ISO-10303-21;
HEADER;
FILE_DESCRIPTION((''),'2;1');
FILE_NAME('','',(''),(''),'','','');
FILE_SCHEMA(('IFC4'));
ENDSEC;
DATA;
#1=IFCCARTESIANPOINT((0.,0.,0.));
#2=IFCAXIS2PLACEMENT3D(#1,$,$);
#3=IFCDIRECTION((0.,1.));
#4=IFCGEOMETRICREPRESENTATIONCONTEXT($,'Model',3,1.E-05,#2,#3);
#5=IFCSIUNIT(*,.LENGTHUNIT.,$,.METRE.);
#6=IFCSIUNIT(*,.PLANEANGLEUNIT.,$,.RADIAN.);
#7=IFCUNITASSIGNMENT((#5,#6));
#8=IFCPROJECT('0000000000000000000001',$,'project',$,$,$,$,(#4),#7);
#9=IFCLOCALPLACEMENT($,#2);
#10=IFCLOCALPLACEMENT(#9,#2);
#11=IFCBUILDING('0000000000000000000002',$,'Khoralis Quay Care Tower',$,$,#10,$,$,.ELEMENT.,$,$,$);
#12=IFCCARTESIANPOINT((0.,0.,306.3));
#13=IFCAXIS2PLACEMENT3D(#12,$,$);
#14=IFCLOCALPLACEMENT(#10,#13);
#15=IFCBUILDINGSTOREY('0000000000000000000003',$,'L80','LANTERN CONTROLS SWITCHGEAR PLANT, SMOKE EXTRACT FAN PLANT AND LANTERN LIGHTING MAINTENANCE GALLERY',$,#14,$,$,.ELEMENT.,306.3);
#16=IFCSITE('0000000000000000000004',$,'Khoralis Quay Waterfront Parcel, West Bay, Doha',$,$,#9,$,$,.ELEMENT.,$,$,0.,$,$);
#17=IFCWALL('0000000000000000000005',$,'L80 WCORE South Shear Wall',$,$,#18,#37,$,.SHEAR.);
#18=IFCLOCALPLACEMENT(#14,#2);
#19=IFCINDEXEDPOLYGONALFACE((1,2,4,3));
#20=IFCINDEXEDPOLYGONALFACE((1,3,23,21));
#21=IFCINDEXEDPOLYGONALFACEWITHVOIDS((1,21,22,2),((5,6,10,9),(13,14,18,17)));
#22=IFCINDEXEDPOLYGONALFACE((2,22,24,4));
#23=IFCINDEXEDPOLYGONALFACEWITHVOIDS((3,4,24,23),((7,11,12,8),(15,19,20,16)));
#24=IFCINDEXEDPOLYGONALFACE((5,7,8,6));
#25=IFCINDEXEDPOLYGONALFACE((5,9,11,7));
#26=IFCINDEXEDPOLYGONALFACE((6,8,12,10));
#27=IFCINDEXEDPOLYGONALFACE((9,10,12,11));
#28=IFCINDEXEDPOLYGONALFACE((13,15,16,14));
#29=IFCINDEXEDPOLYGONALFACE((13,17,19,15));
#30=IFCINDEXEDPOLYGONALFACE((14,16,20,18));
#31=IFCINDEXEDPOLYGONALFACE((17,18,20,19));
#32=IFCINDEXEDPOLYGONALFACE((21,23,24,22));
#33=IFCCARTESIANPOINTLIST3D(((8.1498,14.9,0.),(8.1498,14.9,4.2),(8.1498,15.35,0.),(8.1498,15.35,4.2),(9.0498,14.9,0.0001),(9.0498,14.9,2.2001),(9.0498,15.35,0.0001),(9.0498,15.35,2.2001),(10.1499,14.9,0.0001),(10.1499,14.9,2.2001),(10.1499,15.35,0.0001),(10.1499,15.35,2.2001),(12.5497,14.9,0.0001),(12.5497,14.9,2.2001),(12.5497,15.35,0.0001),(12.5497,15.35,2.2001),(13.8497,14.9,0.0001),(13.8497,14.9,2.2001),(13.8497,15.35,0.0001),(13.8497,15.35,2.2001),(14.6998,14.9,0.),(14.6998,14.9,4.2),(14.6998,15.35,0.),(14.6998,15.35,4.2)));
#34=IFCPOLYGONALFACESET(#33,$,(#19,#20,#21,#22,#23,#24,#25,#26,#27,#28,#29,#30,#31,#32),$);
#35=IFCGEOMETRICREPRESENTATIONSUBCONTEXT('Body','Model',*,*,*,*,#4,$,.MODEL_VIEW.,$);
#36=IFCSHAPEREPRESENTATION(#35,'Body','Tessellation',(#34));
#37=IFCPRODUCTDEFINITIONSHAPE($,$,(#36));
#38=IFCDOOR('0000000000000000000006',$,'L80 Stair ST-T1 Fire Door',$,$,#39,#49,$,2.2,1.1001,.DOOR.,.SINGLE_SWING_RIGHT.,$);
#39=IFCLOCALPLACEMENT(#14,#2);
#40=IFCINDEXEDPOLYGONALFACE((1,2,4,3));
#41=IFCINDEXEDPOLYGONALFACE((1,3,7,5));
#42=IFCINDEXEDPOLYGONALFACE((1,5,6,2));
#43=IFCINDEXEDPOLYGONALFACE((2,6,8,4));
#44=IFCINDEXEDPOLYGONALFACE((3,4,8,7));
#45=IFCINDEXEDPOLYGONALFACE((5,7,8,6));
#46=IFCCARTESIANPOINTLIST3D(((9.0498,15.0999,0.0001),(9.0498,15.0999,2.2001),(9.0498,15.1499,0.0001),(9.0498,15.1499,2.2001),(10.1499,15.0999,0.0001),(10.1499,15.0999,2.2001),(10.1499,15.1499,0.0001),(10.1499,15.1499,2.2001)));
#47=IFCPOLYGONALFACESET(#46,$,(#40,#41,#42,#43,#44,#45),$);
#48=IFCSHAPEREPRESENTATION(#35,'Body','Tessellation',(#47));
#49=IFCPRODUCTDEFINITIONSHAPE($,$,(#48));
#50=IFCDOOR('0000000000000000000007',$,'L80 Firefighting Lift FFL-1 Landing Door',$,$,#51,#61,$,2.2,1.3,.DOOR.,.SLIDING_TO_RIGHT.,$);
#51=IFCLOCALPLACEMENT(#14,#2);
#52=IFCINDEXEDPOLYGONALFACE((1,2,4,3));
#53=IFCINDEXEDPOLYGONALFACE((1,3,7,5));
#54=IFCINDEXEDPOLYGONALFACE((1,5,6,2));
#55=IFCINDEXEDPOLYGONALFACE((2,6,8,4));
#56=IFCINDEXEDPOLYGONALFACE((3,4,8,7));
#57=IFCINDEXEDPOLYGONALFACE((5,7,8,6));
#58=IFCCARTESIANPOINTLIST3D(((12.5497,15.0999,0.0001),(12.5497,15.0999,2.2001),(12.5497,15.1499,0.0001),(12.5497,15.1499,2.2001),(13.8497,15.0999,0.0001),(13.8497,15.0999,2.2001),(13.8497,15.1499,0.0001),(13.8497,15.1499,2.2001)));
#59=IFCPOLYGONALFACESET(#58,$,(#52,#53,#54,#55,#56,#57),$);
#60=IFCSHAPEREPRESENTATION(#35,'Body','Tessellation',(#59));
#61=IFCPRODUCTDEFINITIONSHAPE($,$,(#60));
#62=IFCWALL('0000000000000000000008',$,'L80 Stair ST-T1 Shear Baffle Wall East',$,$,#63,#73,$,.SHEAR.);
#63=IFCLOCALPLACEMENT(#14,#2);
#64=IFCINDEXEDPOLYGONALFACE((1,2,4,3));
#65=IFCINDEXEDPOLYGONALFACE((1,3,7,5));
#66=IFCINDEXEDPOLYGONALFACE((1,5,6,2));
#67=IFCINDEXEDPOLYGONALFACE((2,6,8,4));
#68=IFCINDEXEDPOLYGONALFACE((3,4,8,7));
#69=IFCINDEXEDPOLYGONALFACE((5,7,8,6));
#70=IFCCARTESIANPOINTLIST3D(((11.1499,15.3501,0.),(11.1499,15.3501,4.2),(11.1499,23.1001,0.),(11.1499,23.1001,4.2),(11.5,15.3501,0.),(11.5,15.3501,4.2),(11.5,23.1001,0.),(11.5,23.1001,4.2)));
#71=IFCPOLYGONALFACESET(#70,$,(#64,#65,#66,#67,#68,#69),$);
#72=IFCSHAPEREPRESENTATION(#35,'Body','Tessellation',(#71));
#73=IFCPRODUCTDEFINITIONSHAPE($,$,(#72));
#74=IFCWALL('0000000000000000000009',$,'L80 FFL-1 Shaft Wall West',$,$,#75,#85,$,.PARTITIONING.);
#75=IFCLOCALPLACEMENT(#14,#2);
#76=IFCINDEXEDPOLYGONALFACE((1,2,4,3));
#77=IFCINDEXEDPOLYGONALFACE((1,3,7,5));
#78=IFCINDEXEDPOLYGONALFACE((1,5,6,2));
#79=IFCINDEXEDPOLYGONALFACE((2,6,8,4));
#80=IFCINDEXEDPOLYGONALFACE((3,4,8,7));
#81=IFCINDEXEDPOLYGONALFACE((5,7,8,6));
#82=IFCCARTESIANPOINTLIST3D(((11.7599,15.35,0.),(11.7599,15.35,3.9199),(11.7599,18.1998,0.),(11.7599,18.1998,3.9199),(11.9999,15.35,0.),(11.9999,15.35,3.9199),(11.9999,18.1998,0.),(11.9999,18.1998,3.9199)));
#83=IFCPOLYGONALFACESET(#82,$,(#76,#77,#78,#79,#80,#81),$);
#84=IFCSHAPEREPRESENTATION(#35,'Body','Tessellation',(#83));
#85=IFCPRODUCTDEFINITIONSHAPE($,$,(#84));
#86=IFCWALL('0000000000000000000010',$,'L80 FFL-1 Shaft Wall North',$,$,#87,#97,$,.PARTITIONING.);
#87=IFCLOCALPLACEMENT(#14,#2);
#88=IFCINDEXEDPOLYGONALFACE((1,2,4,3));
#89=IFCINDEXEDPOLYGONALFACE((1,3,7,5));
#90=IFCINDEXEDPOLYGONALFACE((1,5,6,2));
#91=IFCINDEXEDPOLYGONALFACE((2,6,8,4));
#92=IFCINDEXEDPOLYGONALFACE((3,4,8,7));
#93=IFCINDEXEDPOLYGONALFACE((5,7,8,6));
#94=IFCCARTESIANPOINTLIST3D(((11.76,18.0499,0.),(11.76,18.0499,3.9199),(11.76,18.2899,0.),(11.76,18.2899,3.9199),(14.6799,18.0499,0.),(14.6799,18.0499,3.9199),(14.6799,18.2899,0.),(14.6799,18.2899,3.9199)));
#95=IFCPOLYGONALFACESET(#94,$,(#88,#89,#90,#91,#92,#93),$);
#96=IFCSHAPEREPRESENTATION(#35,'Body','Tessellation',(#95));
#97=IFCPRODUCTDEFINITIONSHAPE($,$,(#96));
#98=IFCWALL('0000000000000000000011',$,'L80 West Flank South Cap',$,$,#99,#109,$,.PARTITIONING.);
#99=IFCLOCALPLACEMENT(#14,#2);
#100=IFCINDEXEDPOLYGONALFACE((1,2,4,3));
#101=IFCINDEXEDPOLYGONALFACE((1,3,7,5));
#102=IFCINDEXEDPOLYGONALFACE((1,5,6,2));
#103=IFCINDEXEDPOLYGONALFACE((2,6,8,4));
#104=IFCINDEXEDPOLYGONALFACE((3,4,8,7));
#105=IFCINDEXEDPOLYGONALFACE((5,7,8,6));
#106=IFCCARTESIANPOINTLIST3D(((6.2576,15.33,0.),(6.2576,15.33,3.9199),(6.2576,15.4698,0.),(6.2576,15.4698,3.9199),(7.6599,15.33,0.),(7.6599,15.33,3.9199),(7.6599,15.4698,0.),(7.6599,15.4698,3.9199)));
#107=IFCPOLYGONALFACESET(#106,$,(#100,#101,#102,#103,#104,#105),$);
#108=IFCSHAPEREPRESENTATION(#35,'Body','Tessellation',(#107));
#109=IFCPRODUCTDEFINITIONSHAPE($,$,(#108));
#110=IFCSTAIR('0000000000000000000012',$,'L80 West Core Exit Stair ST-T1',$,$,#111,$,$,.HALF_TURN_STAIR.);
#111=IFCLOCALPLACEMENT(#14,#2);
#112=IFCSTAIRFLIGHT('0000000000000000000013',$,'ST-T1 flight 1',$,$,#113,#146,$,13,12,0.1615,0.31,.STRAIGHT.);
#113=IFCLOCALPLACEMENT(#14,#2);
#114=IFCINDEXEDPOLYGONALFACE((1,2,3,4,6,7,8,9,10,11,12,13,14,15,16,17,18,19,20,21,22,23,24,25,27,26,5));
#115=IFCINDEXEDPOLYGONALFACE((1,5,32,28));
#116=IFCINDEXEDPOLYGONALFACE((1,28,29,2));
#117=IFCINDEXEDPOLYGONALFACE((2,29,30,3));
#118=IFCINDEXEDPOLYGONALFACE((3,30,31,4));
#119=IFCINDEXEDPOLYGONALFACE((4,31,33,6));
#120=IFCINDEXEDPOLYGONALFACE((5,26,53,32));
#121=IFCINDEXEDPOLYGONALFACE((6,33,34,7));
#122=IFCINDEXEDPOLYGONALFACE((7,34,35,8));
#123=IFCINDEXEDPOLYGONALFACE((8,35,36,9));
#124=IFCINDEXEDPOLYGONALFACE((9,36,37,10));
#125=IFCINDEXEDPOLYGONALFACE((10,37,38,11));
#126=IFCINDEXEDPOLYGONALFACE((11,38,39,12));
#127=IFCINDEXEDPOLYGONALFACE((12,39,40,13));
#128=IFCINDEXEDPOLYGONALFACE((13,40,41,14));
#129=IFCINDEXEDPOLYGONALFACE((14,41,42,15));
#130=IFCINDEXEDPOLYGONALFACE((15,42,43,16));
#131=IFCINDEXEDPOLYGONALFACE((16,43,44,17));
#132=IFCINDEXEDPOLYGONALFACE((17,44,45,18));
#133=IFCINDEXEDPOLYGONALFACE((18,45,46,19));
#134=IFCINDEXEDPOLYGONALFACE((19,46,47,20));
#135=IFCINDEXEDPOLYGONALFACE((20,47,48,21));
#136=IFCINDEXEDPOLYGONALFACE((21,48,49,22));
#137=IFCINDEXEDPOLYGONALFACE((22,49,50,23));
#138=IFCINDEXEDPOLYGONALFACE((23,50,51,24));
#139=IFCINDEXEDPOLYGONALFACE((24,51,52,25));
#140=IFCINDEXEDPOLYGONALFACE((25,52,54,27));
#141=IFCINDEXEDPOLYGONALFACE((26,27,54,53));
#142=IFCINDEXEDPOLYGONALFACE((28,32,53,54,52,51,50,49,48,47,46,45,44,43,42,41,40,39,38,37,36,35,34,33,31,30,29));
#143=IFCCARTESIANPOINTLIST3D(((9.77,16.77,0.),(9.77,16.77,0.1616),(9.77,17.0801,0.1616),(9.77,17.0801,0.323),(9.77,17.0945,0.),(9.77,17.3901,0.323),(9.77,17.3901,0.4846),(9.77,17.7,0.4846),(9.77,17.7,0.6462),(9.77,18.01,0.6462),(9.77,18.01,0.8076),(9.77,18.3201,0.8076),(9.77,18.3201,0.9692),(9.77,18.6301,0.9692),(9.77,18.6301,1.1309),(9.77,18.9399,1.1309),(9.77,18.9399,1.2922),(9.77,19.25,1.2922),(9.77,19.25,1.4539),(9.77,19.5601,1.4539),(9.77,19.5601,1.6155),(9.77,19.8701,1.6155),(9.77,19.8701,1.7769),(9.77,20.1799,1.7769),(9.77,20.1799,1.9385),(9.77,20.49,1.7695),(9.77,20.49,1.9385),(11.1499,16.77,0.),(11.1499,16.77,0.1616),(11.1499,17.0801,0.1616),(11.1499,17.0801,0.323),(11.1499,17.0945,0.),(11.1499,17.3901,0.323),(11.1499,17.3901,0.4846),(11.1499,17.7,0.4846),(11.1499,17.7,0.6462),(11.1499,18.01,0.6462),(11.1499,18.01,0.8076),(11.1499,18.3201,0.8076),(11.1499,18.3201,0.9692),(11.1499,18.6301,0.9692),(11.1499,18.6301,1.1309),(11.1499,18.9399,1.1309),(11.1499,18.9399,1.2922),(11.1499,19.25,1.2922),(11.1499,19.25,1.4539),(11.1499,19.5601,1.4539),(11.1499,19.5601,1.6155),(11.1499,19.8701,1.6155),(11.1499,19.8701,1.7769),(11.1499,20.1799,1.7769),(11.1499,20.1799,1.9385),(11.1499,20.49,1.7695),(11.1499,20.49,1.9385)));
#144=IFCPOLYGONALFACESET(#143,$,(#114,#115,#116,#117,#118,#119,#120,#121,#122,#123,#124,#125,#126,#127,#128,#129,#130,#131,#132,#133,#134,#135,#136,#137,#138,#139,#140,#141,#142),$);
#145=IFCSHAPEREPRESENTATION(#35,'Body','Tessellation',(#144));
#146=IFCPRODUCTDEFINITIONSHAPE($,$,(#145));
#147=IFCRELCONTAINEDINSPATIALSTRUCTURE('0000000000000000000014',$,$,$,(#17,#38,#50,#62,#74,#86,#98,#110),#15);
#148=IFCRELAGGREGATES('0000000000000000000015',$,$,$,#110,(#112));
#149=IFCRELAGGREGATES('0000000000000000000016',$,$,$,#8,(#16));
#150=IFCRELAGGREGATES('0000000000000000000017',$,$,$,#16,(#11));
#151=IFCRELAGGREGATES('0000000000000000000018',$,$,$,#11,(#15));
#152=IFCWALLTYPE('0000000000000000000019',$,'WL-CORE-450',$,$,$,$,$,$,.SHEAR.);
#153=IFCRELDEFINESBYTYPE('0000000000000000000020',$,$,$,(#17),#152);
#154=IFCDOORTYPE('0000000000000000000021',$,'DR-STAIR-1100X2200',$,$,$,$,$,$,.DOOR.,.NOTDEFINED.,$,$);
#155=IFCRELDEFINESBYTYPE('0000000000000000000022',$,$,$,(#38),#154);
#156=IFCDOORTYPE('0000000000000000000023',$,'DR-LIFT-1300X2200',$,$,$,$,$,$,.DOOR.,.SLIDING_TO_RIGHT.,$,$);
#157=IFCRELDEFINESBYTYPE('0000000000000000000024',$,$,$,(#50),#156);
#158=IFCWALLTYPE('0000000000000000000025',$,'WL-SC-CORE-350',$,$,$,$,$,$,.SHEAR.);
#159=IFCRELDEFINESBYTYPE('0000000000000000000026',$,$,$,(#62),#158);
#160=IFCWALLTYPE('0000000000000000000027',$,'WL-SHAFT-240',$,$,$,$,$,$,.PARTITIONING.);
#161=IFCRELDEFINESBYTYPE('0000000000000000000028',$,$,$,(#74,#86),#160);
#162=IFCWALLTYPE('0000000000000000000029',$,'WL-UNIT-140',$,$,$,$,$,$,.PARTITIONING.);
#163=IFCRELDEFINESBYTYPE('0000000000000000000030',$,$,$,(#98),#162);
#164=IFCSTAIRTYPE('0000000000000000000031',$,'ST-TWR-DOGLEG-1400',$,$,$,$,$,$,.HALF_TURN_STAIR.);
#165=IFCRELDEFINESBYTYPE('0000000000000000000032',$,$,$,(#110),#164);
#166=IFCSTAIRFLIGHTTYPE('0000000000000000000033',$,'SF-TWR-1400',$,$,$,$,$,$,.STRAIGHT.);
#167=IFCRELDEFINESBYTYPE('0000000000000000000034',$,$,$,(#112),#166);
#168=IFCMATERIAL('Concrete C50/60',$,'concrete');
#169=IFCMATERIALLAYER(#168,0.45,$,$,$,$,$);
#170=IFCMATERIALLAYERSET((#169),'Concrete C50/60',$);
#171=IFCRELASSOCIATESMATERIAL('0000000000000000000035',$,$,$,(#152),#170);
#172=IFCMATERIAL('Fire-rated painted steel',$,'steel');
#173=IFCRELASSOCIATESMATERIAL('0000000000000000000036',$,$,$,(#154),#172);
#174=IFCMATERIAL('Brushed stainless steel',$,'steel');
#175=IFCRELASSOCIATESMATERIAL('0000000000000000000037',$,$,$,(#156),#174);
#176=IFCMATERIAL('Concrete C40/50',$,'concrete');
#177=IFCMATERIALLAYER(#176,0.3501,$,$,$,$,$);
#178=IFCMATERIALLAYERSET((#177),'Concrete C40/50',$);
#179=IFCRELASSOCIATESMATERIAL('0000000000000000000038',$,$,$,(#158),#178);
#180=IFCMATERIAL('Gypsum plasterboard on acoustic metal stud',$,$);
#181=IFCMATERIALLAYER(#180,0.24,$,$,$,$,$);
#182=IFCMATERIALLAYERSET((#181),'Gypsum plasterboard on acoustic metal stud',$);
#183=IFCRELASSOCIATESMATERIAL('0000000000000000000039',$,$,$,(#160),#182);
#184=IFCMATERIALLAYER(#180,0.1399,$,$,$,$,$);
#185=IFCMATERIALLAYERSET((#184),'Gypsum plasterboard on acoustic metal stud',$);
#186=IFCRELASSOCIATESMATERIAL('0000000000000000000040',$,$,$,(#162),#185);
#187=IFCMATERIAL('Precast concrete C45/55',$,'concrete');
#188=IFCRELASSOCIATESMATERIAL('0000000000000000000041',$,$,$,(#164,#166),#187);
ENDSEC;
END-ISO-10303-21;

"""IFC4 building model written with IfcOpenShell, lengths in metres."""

from ifc_helpers import new_model, si_unit, direction, frame, frame_2d, origin, place, context, subcontext, project, spatial, polyline, rectangle, outline, extrude, source, transform, mapped, material, layer, layer_set, type_object, element, fill, aggregate, save


model = new_model("IFC4")

# Units and contexts
model_context = context("Model", 3, precision=1e-05, world=origin(), true_north=direction((0.0, 1.0)))
body_context = subcontext(model_context, "Body", "Model", "MODEL_VIEW")
ifc_project = project(units=[si_unit("LENGTHUNIT", "METRE"), si_unit("PLANEANGLEUNIT", "RADIAN")], contexts=[model_context])

# Site, building, storey
site_placement = place(None, origin())
site = spatial("IfcSite", under=ifc_project, at=site_placement, Name="Khoralis Quay Waterfront Parcel, West Bay, Doha", CompositionType="ELEMENT", RefElevation=0.0)
building_placement = place(site_placement, origin())
building = spatial("IfcBuilding", under=site, at=building_placement, Name="Khoralis Quay Care Tower", CompositionType="ELEMENT")
storey_placement = place(building_placement, frame((0.0, 0.0, 306.3)))
storey = spatial("IfcBuildingStorey", under=building, at=storey_placement, Name="L80", Description="LANTERN CONTROLS SWITCHGEAR PLANT, SMOKE EXTRACT FAN PLANT AND LANTERN LIGHTING MAINTENANCE GALLERY", CompositionType="ELEMENT", Elevation=306.3)

# Shared definitions
ifc_material_1 = material(Name="Concrete C50/60", Category="concrete")

# Shared definitions
ifc_material_2 = material(Name="Gypsum plasterboard on acoustic metal stud")
ifc_material_3 = material(Name="Fire-rated painted steel", Category="steel")

# Shared definitions
ifc_layer_1 = layer(ifc_material_1, 0.45)
ifc_layer_set_1 = layer_set([ifc_layer_1], Name="Concrete C50/60")
wall_type_1 = type_object("IfcWallType", Name="WL-CORE-450", PredefinedType="SHEAR", material=ifc_layer_set_1)

# Shared definitions
door_type_1 = type_object("IfcDoorType", Name="DR-STAIR-1100X2200", OperationType="NOTDEFINED", PredefinedType="DOOR", material=ifc_material_3)
shared_shape_1 = source(origin(), body_context, "Body", "SweptSolid", [
    extrude(rectangle(XDim=1.1001, YDim=2.2, at=frame_2d((0.55, 1.1001))), frame((0.0, 0.0249, 0.0), z_axis=(0.0, -1.0, 0.0), x_axis=(1.0, 0.0, 0.0)), (0.0, 0.0, 1.0), 0.05),
])

# Wall, openings, doors
wall_1_placement = place(storey_placement, frame((8.1499, 15.125, 0.0), z_axis=(0.0, 0.0, 1.0), x_axis=(1.0, 0.0, 0.0)))
wall_1 = element("IfcWall", 1, at=wall_1_placement, inside=storey, type_object=wall_type_1, Name="L80 WCORE South Shear Wall", PredefinedType="SHEAR", context=body_context, shape_type="SweptSolid", body=[
    extrude(rectangle(XDim=6.55, YDim=0.45, at=frame_2d((3.2749, 0.0))), origin(), (0.0, 0.0, 1.0), 4.2),
])
opening_1_placement = place(wall_1_placement, frame((0.8999, 0.0, 0.0)))
opening_1 = element("IfcOpeningElement", 2, at=opening_1_placement, cuts=wall_1, PredefinedType="OPENING", context=body_context, shape_type="SweptSolid", body=[
    extrude(rectangle(XDim=1.1001, YDim=2.2, at=frame_2d((0.55, 1.1001))), frame((0.0, 0.2349, 0.0), z_axis=(0.0, -1.0, 0.0), x_axis=(1.0, 0.0, 0.0)), (0.0, 0.0, 1.0), 0.47),
])
opening_2_placement = place(wall_1_placement, frame((4.3999, 0.0, 0.0)))
opening_2 = element("IfcOpeningElement", 3, at=opening_2_placement, cuts=wall_1, PredefinedType="OPENING", context=body_context, shape_type="SweptSolid", body=[
    extrude(rectangle(XDim=1.3, YDim=2.2, at=frame_2d((0.6499, 1.1001))), frame((0.0, 0.2349, 0.0), z_axis=(0.0, -1.0, 0.0), x_axis=(1.0, 0.0, 0.0)), (0.0, 0.0, 1.0), 0.47),
])
door_1_placement = place(opening_1_placement, origin())
door_1 = element("IfcDoor", 4, at=door_1_placement, inside=storey, type_object=door_type_1, Name="L80 Stair ST-T1 Fire Door", OperationType="SINGLE_SWING_RIGHT", OverallHeight=2.2, OverallWidth=1.1001, PredefinedType="DOOR", context=body_context, shape_type="MappedRepresentation", body=[
    mapped(shared_shape_1, transform((0.0, 0.0, 0.0), scale=1.0)),
])
fill(opening_1, door_1)
ifc_material_4 = material(Name="Brushed stainless steel", Category="steel")
door_type_2 = type_object("IfcDoorType", Name="DR-LIFT-1300X2200", OperationType="SLIDING_TO_RIGHT", PredefinedType="DOOR", material=ifc_material_4)
shared_shape_2 = source(origin(), body_context, "Body", "SweptSolid", [
    extrude(rectangle(XDim=1.3, YDim=2.2, at=frame_2d((0.6499, 1.1001))), frame((0.0, 0.0249, 0.0), z_axis=(0.0, -1.0, 0.0), x_axis=(1.0, 0.0, 0.0)), (0.0, 0.0, 1.0), 0.05),
])
door_2_placement = place(opening_2_placement, origin())
door_2 = element("IfcDoor", 5, at=door_2_placement, inside=storey, type_object=door_type_2, Name="L80 Firefighting Lift FFL-1 Landing Door", OperationType="SLIDING_TO_RIGHT", OverallHeight=2.2, OverallWidth=1.3, PredefinedType="DOOR", context=body_context, shape_type="MappedRepresentation", body=[
    mapped(shared_shape_2, transform((0.0, 0.0, 0.0), scale=1.0)),
])
fill(opening_2, door_2)

# Walls
ifc_material_5 = material(Name="Concrete C40/50", Category="concrete")
ifc_layer_2 = layer(ifc_material_5, 0.3501)
ifc_layer_set_2 = layer_set([ifc_layer_2], Name="Concrete C40/50")
wall_type_2 = type_object("IfcWallType", Name="WL-SC-CORE-350", PredefinedType="SHEAR", material=ifc_layer_set_2)
wall_2_placement = place(storey_placement, frame((11.325, 15.3501, 0.0), z_axis=(0.0, 0.0, 1.0), x_axis=(0.0, 1.0, 0.0)))
element("IfcWall", 6, at=wall_2_placement, inside=storey, type_object=wall_type_2, Name="L80 Stair ST-T1 Shear Baffle Wall East", PredefinedType="SHEAR", context=body_context, shape_type="SweptSolid", body=[
    extrude(rectangle(XDim=7.75, YDim=0.3501, at=frame_2d((3.875, 0.0))), origin(), (0.0, 0.0, 1.0), 4.2),
])
ifc_layer_3 = layer(ifc_material_2, 0.24)
ifc_layer_set_3 = layer_set([ifc_layer_3], Name="Gypsum plasterboard on acoustic metal stud")
wall_type_3 = type_object("IfcWallType", Name="WL-SHAFT-240", PredefinedType="PARTITIONING", material=ifc_layer_set_3)
wall_3_placement = place(storey_placement, frame((11.8799, 15.3501, 0.0), z_axis=(0.0, 0.0, 1.0), x_axis=(0.0, 1.0, 0.0)))
element("IfcWall", 7, at=wall_3_placement, inside=storey, type_object=wall_type_3, Name="L80 FFL-1 Shaft Wall West", PredefinedType="PARTITIONING", context=body_context, shape_type="SweptSolid", body=[
    extrude(rectangle(XDim=2.8499, YDim=0.24, at=frame_2d((1.4248, 0.0))), origin(), (0.0, 0.0, 1.0), 3.9199),
])
wall_4_placement = place(storey_placement, frame((11.76, 18.1699, 0.0), z_axis=(0.0, 0.0, 1.0), x_axis=(1.0, 0.0, 0.0)))
element("IfcWall", 8, at=wall_4_placement, inside=storey, type_object=wall_type_3, Name="L80 FFL-1 Shaft Wall North", PredefinedType="PARTITIONING", context=body_context, shape_type="SweptSolid", body=[
    extrude(rectangle(XDim=2.9199, YDim=0.24, at=frame_2d((1.46, 0.0))), origin(), (0.0, 0.0, 1.0), 3.9199),
])
ifc_layer_4 = layer(ifc_material_2, 0.1399)
ifc_layer_set_4 = layer_set([ifc_layer_4], Name="Gypsum plasterboard on acoustic metal stud")
wall_type_4 = type_object("IfcWallType", Name="WL-UNIT-140", PredefinedType="PARTITIONING", material=ifc_layer_set_4)
wall_5_placement = place(storey_placement, frame((6.2576, 15.3999, 0.0), z_axis=(0.0, 0.0, 1.0), x_axis=(1.0, 0.0, 0.0)))
element("IfcWall", 9, at=wall_5_placement, inside=storey, type_object=wall_type_4, Name="L80 West Flank South Cap", PredefinedType="PARTITIONING", context=body_context, shape_type="SweptSolid", body=[
    extrude(rectangle(XDim=1.4023, YDim=0.1399, at=frame_2d((0.7012, 0.0))), origin(), (0.0, 0.0, 1.0), 3.9199),
])

# Stair, stair flight
ifc_material_6 = material(Name="Precast concrete C45/55", Category="concrete")
stair_type = type_object("IfcStairType", Name="ST-TWR-DOGLEG-1400", PredefinedType="HALF_TURN_STAIR", material=ifc_material_6)
stair_placement = place(storey_placement, origin())
stair = element("IfcStair", 10, at=stair_placement, inside=storey, type_object=stair_type, Name="L80 West Core Exit Stair ST-T1", PredefinedType="HALF_TURN_STAIR")
stair_flight_type = type_object("IfcStairFlightType", Name="SF-TWR-1400", PredefinedType="STRAIGHT", material=ifc_material_6)
shared_shape_3 = source(origin(), body_context, "Body", "SweptSolid", [
    extrude(outline(polyline([(0.0, 0.0), (0.0, 0.1616), (0.3101, 0.1616), (0.3101, 0.323), (0.6201, 0.323), (0.6201, 0.4846), (0.9299, 0.4846), (0.9299, 0.6462), (1.24, 0.6462), (1.24, 0.8076), (1.55, 0.8076), (1.55, 0.9692), (1.8601, 0.9692), (1.8601, 1.1309), (2.1699, 1.1309), (2.1699, 1.2922), (2.48, 1.2922), (2.48, 1.4539), (2.79, 1.4539), (2.79, 1.6155), (3.1001, 1.6155), (3.1001, 1.7769), (3.4099, 1.7769), (3.4099, 1.9385), (3.72, 1.9385), (3.72, 2.1001), (3.72, 1.7695), (0.3245, 0.0), (0.0, 0.0)])), frame((0.0, 0.6899, 0.0), z_axis=(0.0, -1.0, 0.0), x_axis=(1.0, 0.0, 0.0)), (0.0, 0.0, 1.0), 1.3799),
])
stair_flight_placement = place(storey_placement, frame((10.46, 16.77, 0.0), z_axis=(0.0, 0.0, 1.0), x_axis=(0.0, 1.0, 0.0)))
stair_flight = element("IfcStairFlight", 11, at=stair_flight_placement, type_object=stair_flight_type, Name="ST-T1 flight 1", NumberOfRisers=13, NumberOfTreads=12, PredefinedType="STRAIGHT", RiserHeight=0.1615, TreadLength=0.31, context=body_context, shape_type="MappedRepresentation", body=[
    mapped(shared_shape_3, transform((0.0, 0.0, 0.0), scale=1.0)),
])
aggregate(stair, [stair_flight])

save(model, "model.ifc")
